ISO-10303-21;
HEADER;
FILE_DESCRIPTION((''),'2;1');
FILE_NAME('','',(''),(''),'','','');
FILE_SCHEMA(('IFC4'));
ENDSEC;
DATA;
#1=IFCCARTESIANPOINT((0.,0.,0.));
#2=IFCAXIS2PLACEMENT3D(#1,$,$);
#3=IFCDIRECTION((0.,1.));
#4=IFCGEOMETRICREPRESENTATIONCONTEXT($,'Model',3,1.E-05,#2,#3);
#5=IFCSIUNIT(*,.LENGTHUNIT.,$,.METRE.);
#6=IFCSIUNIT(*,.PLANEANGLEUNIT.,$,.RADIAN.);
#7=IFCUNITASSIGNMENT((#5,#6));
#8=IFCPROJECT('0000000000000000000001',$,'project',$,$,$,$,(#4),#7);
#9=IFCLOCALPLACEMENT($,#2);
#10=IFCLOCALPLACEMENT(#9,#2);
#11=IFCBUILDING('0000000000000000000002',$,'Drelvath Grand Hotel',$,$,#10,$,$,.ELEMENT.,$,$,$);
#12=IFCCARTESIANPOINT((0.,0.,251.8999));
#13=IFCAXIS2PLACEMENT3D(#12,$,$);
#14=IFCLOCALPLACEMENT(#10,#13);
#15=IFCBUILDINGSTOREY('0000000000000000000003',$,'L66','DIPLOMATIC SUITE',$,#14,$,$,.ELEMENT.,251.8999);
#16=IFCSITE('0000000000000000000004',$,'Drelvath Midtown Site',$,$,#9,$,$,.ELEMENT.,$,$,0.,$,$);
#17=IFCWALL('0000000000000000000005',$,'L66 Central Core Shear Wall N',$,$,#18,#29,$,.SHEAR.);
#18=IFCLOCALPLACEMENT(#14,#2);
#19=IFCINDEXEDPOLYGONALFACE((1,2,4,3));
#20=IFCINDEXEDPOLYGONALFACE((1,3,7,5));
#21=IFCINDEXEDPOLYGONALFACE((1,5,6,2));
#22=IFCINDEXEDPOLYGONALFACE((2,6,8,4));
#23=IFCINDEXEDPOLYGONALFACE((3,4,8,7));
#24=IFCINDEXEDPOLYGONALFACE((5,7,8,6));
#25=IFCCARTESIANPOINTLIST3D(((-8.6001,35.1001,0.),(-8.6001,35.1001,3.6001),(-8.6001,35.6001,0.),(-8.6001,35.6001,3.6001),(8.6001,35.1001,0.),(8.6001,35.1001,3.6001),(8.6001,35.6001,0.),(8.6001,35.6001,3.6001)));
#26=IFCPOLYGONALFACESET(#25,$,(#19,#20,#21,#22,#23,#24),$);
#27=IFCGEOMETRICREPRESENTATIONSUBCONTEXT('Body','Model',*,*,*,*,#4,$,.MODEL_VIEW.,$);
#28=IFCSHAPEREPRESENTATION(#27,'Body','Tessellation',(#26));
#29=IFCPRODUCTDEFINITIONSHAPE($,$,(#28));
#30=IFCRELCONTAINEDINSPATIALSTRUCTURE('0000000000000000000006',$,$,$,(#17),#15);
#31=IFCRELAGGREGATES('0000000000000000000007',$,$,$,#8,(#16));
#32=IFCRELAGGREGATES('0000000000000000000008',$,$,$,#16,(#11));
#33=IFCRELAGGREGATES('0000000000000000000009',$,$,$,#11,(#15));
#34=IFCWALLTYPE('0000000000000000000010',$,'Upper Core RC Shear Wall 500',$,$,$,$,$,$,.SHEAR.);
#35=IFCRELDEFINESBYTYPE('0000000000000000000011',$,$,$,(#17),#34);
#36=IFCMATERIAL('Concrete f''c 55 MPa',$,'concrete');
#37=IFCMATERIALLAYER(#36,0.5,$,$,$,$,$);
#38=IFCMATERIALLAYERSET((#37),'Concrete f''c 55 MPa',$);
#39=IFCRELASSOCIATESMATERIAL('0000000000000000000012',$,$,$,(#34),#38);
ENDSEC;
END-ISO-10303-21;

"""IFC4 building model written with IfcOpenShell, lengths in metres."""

from ifc_helpers import new_model, si_unit, direction, frame, frame_2d, origin, place, context, subcontext, project, spatial, rectangle, extrude, material, layer, layer_set, type_object, element, save


model = new_model("IFC4")

# Units and contexts
model_context = context("Model", 3, precision=1e-05, world=origin(), true_north=direction((0.0, 1.0)))
body_context = subcontext(model_context, "Body", "Model", "MODEL_VIEW")
ifc_project = project(units=[si_unit("LENGTHUNIT", "METRE"), si_unit("PLANEANGLEUNIT", "RADIAN")], contexts=[model_context])

# Site, building, storey
site_placement = place(None, origin())
site = spatial("IfcSite", under=ifc_project, at=site_placement, Name="Drelvath Midtown Site", CompositionType="ELEMENT", RefElevation=0.0)
building_placement = place(site_placement, origin())
building = spatial("IfcBuilding", under=site, at=building_placement, Name="Drelvath Grand Hotel", CompositionType="ELEMENT")
storey_placement = place(building_placement, frame((0.0, 0.0, 251.8999)))
storey = spatial("IfcBuildingStorey", under=building, at=storey_placement, Name="L66", Description="DIPLOMATIC SUITE", CompositionType="ELEMENT", Elevation=251.8999)

# Shared definitions
ifc_material_1 = material(Name="Concrete f'c 55 MPa", Category="concrete")

# Wall
ifc_layer_1 = layer(ifc_material_1, 0.5)
ifc_layer_set_1 = layer_set([ifc_layer_1], Name="Concrete f'c 55 MPa")
wall_type_1 = type_object("IfcWallType", Name="Upper Core RC Shear Wall 500", PredefinedType="SHEAR", material=ifc_layer_set_1)
wall_1_placement = place(storey_placement, frame((-8.6001, 35.3501, 0.0), z_axis=(0.0, 0.0, 1.0), x_axis=(1.0, 0.0, 0.0)))
element("IfcWall", 1, at=wall_1_placement, inside=storey, type_object=wall_type_1, Name="L66 Central Core Shear Wall N", PredefinedType="SHEAR", context=body_context, shape_type="SweptSolid", body=[
    extrude(rectangle(XDim=17.2002, YDim=0.5, at=frame_2d((8.6001, 0.0))), origin(), (0.0, 0.0, 1.0), 3.6001),
])

save(model, "model.ifc")
